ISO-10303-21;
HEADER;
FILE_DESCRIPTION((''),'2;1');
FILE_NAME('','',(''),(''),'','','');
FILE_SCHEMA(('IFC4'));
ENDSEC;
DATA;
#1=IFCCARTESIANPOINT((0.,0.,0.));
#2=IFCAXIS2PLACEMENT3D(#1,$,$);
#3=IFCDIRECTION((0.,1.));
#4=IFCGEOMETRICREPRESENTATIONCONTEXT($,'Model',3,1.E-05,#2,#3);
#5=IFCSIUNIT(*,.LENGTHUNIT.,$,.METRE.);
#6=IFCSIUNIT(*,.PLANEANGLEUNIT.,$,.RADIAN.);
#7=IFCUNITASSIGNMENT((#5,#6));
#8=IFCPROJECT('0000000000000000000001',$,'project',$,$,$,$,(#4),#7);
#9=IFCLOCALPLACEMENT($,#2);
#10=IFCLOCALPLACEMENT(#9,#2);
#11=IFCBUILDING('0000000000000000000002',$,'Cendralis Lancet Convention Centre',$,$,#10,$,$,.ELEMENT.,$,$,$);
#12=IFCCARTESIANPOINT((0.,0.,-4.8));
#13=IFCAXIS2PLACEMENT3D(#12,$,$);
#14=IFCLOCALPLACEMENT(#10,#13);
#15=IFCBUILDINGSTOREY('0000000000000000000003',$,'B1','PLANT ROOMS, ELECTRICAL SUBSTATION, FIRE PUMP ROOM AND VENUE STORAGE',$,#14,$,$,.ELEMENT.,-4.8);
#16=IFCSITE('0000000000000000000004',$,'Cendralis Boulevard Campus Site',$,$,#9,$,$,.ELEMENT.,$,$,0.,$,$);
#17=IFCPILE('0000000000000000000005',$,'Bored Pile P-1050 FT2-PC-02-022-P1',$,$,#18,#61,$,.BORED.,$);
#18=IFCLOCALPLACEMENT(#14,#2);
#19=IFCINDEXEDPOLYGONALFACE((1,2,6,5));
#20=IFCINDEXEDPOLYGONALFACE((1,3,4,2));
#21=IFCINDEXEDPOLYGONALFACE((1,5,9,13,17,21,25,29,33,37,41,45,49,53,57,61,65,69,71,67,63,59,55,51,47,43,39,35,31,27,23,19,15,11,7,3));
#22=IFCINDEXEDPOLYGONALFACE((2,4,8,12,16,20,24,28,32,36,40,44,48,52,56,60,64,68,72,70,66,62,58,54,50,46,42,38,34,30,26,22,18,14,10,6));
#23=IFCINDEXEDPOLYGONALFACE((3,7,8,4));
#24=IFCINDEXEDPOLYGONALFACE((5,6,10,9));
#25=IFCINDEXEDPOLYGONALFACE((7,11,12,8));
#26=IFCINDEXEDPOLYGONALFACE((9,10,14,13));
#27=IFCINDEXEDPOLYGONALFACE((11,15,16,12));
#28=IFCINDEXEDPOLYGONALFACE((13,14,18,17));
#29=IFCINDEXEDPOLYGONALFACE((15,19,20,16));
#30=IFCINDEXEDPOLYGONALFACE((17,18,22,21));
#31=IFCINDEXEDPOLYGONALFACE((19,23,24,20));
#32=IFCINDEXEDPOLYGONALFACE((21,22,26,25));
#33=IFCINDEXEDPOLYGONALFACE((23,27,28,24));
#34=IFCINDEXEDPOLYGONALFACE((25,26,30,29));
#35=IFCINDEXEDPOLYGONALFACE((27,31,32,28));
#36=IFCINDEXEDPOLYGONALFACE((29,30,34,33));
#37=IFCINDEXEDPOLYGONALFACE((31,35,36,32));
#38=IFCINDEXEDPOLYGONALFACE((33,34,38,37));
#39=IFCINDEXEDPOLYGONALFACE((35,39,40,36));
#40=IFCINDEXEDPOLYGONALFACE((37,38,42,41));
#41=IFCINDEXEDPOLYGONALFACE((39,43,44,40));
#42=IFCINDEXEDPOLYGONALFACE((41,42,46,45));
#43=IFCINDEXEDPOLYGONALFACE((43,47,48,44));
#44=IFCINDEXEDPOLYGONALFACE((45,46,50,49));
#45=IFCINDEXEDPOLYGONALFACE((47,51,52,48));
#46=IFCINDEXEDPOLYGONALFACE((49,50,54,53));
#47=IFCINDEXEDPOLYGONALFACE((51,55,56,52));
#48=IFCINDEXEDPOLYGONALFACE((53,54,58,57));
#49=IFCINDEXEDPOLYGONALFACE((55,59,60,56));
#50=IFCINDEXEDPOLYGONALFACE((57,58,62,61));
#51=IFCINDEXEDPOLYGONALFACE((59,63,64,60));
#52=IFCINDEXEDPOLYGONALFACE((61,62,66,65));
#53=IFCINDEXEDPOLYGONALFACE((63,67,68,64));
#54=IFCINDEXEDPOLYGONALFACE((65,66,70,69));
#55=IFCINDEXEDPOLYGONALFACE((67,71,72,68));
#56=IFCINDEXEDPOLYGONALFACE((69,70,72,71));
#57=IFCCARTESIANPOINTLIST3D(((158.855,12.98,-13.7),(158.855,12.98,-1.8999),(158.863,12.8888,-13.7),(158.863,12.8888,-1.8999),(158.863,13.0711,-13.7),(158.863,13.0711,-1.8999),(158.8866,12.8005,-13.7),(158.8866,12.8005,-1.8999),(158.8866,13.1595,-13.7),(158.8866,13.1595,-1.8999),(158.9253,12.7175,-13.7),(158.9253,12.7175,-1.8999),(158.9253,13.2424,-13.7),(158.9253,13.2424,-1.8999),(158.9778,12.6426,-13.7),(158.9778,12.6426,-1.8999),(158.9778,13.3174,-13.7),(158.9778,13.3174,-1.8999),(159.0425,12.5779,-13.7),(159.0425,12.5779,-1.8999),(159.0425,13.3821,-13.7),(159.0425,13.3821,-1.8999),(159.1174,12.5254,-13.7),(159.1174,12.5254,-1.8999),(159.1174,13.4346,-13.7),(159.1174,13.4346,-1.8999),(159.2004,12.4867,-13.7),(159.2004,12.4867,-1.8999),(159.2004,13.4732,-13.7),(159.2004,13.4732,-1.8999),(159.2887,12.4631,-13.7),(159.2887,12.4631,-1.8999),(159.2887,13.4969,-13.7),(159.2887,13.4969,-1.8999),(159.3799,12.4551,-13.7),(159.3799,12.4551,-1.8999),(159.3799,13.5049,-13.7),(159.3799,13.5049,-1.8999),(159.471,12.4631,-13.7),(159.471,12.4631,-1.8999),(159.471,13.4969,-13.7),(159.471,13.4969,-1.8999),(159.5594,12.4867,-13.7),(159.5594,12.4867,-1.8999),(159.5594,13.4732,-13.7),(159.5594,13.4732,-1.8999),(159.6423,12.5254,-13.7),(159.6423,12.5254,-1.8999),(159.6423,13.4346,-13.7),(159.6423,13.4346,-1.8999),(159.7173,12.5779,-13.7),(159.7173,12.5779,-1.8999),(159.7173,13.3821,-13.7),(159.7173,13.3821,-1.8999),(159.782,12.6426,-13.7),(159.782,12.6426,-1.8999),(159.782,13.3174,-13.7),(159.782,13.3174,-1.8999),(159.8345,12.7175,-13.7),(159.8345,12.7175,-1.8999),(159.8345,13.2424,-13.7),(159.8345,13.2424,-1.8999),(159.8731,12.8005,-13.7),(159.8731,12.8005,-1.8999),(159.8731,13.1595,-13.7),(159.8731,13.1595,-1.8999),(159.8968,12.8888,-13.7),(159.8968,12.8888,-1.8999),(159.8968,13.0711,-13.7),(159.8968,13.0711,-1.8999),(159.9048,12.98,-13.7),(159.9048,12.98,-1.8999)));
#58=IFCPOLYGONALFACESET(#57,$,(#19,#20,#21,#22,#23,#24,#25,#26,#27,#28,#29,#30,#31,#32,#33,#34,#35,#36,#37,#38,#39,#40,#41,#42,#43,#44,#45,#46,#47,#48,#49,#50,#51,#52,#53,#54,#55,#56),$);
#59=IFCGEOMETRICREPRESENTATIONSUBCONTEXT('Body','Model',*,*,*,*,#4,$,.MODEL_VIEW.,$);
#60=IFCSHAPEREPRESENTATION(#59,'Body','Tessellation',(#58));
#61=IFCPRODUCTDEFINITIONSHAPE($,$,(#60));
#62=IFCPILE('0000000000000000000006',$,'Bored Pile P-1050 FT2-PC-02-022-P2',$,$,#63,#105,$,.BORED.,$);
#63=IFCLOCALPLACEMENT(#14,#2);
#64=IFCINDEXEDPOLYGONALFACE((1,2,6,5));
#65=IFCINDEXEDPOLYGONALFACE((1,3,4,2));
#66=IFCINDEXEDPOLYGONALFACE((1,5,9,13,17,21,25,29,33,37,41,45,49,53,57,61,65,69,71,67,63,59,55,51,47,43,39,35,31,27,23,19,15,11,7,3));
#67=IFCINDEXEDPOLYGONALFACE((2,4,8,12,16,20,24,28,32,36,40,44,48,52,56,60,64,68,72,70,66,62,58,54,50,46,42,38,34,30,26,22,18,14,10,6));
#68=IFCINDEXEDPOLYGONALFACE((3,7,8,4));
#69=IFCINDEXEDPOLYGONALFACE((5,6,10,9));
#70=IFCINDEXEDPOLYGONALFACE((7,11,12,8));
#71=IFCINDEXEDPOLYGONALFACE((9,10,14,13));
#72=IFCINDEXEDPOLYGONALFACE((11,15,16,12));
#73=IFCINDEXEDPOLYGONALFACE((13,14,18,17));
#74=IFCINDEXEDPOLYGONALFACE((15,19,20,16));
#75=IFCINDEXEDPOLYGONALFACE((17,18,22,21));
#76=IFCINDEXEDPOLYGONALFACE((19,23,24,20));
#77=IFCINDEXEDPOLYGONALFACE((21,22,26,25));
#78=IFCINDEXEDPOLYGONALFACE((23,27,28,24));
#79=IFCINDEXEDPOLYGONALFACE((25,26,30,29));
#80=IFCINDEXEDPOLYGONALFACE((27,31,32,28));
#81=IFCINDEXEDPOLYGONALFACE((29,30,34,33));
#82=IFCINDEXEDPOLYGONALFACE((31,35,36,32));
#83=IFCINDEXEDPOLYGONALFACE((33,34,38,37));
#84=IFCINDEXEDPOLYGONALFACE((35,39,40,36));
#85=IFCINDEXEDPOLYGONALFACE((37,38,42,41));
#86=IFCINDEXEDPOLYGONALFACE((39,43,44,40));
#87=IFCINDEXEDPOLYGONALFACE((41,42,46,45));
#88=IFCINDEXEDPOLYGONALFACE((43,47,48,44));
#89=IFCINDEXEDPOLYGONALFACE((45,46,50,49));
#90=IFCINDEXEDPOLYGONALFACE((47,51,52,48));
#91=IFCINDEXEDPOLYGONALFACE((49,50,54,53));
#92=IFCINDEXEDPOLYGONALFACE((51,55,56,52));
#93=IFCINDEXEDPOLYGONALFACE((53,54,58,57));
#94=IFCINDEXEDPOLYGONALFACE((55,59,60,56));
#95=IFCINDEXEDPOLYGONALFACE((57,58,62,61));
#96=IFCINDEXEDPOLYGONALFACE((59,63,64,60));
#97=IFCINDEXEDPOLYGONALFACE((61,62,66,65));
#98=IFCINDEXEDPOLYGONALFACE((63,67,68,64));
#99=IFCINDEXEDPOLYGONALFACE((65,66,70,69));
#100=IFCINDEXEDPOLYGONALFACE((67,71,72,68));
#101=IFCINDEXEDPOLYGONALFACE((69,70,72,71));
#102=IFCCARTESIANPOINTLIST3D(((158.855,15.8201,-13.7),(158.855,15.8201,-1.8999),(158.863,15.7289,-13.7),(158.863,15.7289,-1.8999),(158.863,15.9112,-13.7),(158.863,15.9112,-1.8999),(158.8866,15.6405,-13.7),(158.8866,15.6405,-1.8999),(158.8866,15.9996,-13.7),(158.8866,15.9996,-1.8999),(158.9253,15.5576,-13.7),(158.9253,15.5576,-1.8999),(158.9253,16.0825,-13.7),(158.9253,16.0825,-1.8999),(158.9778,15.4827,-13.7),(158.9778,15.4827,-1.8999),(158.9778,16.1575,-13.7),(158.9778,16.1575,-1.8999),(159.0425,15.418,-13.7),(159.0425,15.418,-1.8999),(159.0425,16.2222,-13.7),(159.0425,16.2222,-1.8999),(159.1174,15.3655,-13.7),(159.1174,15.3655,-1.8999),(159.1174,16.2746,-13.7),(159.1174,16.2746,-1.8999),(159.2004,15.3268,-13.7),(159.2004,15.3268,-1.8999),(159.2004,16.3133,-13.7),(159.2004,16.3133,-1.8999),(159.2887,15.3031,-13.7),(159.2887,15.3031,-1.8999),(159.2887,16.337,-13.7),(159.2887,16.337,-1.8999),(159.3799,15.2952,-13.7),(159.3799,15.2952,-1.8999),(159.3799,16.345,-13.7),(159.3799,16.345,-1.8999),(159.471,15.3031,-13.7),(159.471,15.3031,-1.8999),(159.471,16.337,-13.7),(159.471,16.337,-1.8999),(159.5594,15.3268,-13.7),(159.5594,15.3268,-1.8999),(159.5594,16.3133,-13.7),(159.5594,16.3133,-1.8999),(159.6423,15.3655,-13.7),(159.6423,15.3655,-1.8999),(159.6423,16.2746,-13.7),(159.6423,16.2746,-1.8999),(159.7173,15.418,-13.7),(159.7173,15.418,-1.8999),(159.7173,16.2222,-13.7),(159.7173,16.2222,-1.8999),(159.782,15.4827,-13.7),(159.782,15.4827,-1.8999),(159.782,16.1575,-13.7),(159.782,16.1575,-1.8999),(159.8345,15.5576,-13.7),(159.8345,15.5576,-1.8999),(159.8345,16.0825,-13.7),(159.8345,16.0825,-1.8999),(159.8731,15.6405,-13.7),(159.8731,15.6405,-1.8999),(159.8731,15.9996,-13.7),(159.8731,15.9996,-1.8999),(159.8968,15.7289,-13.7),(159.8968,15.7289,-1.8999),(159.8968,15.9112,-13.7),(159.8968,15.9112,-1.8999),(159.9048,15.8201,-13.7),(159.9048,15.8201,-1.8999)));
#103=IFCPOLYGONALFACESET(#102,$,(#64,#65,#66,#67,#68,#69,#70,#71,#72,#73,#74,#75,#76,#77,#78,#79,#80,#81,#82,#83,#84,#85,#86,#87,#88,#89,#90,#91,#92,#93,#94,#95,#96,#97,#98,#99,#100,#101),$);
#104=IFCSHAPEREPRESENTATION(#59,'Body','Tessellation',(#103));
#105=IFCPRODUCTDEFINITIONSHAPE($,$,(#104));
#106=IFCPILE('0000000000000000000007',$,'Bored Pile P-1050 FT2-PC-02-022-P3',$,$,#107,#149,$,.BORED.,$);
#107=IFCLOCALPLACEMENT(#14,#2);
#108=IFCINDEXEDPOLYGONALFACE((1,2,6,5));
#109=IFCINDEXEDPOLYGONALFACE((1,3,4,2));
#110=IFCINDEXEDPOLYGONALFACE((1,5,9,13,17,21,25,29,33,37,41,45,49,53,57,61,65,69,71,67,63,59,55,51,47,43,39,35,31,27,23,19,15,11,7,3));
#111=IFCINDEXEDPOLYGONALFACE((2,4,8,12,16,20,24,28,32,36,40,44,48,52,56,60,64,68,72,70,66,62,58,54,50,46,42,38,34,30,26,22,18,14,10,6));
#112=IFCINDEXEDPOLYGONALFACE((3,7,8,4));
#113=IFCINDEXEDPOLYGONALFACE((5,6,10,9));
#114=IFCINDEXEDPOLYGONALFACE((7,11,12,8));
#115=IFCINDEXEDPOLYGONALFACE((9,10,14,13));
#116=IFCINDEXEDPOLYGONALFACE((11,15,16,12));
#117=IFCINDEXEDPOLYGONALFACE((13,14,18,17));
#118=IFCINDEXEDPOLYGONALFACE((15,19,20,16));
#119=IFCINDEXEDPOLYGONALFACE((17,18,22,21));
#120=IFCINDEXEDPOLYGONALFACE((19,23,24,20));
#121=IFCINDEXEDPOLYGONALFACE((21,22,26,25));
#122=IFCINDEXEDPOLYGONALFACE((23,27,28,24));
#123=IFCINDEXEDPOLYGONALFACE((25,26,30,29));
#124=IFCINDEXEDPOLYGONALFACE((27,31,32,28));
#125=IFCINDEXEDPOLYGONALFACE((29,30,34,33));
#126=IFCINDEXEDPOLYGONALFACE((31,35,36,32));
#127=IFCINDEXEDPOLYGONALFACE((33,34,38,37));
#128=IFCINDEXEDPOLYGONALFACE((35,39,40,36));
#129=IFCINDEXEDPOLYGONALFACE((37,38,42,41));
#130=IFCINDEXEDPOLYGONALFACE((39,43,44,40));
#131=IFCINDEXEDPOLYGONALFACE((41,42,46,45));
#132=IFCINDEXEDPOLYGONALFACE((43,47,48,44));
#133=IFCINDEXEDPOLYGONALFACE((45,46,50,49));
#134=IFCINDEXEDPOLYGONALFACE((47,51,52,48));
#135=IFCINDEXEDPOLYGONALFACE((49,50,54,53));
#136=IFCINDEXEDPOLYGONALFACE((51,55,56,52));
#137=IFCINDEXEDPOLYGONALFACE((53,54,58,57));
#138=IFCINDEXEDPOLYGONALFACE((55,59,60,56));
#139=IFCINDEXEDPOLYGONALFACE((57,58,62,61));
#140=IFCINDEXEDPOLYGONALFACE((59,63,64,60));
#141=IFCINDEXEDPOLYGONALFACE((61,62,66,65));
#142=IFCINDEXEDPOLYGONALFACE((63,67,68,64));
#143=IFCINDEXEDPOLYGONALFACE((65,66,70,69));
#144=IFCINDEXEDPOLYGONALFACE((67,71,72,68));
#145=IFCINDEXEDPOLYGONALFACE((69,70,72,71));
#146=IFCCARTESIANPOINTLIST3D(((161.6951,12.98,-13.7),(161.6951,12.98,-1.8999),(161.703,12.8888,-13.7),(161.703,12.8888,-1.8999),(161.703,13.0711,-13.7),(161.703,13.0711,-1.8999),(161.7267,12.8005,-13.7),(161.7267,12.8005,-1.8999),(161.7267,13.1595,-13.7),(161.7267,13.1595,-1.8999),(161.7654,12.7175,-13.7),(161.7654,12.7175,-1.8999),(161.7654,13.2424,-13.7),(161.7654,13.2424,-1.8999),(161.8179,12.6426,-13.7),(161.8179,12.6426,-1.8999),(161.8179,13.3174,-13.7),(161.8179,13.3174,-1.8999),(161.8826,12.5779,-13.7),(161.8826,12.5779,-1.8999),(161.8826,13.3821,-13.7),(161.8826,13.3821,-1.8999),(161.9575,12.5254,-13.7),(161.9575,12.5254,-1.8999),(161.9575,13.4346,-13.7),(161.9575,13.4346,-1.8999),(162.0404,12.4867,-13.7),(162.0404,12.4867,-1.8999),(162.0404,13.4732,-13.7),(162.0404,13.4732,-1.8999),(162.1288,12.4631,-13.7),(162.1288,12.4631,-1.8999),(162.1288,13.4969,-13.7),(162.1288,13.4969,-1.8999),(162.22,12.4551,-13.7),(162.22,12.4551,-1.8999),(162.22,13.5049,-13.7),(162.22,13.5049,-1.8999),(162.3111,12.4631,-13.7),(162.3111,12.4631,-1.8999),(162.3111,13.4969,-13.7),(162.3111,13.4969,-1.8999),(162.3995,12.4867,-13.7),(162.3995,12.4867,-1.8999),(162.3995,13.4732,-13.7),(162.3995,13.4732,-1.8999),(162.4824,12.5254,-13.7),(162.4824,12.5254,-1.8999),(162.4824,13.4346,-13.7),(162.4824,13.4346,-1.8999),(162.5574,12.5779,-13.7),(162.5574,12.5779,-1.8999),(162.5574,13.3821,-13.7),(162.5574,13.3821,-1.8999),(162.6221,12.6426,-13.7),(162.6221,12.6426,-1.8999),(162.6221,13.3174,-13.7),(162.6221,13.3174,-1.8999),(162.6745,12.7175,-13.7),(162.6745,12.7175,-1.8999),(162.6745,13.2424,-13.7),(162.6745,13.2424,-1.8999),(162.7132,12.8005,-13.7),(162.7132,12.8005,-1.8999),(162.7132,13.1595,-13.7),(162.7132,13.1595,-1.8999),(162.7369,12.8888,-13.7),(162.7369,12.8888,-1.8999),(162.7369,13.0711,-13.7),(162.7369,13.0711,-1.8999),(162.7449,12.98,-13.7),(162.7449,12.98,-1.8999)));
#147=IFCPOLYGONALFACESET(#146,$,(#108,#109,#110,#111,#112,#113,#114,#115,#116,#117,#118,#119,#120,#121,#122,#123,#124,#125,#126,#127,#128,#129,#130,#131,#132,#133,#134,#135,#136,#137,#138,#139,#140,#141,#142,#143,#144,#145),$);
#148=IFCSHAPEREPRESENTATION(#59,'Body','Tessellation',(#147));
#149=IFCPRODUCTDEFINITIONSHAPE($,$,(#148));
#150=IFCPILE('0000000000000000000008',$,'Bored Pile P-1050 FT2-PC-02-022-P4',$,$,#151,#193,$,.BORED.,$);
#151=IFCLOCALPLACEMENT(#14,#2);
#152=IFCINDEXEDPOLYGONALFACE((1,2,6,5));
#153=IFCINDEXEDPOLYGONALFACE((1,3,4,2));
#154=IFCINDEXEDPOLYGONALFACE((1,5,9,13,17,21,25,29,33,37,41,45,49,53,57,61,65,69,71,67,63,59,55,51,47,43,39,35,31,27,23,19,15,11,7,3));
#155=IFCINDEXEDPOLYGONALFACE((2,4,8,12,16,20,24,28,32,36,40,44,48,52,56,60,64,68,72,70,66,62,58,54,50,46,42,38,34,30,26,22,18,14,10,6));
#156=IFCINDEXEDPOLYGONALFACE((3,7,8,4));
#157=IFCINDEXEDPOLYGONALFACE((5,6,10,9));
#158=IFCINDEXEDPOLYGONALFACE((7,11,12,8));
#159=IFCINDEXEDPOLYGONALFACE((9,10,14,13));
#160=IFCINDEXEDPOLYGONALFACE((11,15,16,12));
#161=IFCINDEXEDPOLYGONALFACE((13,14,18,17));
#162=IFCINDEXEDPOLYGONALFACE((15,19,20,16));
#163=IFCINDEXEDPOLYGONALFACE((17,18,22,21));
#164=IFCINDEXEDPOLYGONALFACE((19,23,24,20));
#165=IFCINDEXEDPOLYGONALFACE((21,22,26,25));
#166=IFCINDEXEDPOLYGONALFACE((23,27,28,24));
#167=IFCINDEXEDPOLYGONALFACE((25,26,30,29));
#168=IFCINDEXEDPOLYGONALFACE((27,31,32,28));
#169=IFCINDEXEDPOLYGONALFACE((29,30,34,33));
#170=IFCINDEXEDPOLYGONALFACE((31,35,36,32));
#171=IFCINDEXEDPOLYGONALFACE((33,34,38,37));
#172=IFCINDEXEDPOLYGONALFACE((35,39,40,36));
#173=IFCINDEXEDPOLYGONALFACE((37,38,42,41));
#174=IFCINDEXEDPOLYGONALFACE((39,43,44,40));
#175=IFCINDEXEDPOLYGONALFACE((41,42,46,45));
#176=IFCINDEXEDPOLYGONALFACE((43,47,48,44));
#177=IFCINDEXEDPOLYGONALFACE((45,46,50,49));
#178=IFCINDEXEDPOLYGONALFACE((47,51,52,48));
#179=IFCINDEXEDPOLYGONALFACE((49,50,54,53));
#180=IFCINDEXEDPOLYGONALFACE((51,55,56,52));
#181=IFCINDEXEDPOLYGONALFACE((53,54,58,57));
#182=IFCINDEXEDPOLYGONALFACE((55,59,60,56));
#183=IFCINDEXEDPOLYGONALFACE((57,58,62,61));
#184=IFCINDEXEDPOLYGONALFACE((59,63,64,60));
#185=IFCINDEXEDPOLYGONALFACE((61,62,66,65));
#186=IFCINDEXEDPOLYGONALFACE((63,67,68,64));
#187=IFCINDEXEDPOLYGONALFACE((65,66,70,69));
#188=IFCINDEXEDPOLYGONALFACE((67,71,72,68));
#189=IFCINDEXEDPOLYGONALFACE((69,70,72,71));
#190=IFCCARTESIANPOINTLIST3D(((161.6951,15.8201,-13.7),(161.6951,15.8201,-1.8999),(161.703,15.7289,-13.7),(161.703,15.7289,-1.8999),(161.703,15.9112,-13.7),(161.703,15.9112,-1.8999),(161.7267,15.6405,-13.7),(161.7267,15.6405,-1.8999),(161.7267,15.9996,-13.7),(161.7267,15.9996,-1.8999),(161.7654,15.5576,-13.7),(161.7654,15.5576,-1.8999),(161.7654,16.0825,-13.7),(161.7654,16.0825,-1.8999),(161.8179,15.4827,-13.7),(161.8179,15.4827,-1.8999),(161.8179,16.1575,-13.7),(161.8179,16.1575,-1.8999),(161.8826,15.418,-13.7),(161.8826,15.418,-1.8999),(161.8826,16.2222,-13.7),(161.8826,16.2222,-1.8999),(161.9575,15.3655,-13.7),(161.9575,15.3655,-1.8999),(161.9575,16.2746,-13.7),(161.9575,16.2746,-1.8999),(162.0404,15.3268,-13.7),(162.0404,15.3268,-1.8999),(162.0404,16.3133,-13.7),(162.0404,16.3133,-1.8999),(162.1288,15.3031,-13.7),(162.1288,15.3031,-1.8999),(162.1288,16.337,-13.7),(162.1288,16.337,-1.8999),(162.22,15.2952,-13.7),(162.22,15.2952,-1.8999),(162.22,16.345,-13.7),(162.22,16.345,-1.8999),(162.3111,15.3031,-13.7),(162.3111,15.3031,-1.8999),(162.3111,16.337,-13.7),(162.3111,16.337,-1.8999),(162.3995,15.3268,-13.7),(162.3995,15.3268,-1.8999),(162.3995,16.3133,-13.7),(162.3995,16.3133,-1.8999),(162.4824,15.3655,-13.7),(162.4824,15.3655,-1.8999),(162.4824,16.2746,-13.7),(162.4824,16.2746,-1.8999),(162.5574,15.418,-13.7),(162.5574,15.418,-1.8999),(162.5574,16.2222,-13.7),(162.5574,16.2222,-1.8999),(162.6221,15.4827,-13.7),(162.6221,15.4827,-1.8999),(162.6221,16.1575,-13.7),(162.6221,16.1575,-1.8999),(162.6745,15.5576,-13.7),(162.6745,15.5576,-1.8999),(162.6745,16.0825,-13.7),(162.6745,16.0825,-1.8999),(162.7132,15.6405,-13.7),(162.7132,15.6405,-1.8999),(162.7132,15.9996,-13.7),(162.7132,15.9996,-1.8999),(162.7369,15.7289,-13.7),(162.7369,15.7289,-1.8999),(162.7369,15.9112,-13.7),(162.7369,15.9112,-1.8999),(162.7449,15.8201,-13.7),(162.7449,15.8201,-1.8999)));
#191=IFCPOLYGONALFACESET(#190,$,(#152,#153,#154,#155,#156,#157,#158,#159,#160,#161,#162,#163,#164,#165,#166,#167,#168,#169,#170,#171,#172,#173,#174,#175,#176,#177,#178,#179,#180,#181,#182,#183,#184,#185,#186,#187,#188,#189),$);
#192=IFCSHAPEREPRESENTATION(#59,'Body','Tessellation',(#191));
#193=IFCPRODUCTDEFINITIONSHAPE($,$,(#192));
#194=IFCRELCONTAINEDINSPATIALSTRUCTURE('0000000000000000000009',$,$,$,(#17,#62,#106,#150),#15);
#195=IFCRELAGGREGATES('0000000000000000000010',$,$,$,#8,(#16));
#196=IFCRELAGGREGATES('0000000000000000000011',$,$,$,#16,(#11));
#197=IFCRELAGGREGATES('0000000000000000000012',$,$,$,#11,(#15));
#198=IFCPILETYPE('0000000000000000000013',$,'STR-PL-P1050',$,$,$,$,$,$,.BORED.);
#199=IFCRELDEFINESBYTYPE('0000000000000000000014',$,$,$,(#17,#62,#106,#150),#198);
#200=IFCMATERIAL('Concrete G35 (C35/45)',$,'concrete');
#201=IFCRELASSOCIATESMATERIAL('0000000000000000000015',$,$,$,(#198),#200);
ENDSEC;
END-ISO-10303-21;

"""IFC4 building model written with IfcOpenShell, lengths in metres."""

from ifc_helpers import new_model, si_unit, direction, frame, origin, origin_2d, place, context, subcontext, project, spatial, circle, extrude, material, material_profile, profile_set, type_object, element, save


model = new_model("IFC4")

# Units and contexts
model_context = context("Model", 3, precision=1e-05, world=origin(), true_north=direction((0.0, 1.0)))
body_context = subcontext(model_context, "Body", "Model", "MODEL_VIEW")
ifc_project = project(units=[si_unit("LENGTHUNIT", "METRE"), si_unit("PLANEANGLEUNIT", "RADIAN")], contexts=[model_context])

# Site, building, storey
site_placement = place(None, origin())
site = spatial("IfcSite", under=ifc_project, at=site_placement, Name="Cendralis Boulevard Campus Site", CompositionType="ELEMENT", RefElevation=0.0)
building_placement = place(site_placement, origin())
building = spatial("IfcBuilding", under=site, at=building_placement, Name="Cendralis Lancet Convention Centre", CompositionType="ELEMENT")
storey_placement = place(building_placement, frame((0.0, 0.0, -4.8)))
storey = spatial("IfcBuildingStorey", under=building, at=storey_placement, Name="B1", Description="PLANT ROOMS, ELECTRICAL SUBSTATION, FIRE PUMP ROOM AND VENUE STORAGE", CompositionType="ELEMENT", Elevation=-4.8)

# Shared definitions
ifc_material_1 = material(Name="Concrete G35 (C35/45)", Category="concrete")

# Piles
ifc_material_profile_1 = material_profile(ifc_material_1, circle(Radius=0.5249, at=origin_2d()), Name="BORED PILE D1050")
ifc_profile_set_1 = profile_set([ifc_material_profile_1], Name="Concrete G35 (C35/45)")
pile_type = type_object("IfcPileType", Name="STR-PL-P1050", PredefinedType="BORED", material=ifc_profile_set_1)
for number, where, z_axis, x_axis, name in (
    (1, (159.3799, 12.98, -1.8999), (0.0, 0.0, -1.0), (1.0, 0.0, 0.0), "Bored Pile P-1050 FT2-PC-02-022-P1"),
    (2, (159.3799, 15.8201, -1.8999), (0.0, 0.0, -1.0), (1.0, 0.0, 0.0), "Bored Pile P-1050 FT2-PC-02-022-P2"),
    (3, (162.22, 12.98, -1.8999), (0.0, 0.0, -1.0), (1.0, 0.0, 0.0), "Bored Pile P-1050 FT2-PC-02-022-P3"),
    (4, (162.22, 15.8201, -1.8999), (0.0, 0.0, -1.0), (1.0, 0.0, 0.0), "Bored Pile P-1050 FT2-PC-02-022-P4"),
):
    element("IfcPile", number, at=place(storey_placement, frame(where, z_axis=z_axis, x_axis=x_axis)), inside=storey, type_object=pile_type, Name=name, PredefinedType="BORED", context=body_context, shape_type="SweptSolid", body=[
        extrude(circle(Radius=0.5249, at=origin_2d()), origin(), (0.0, 0.0, 1.0), 11.8),
    ])

save(model, "model.ifc")
